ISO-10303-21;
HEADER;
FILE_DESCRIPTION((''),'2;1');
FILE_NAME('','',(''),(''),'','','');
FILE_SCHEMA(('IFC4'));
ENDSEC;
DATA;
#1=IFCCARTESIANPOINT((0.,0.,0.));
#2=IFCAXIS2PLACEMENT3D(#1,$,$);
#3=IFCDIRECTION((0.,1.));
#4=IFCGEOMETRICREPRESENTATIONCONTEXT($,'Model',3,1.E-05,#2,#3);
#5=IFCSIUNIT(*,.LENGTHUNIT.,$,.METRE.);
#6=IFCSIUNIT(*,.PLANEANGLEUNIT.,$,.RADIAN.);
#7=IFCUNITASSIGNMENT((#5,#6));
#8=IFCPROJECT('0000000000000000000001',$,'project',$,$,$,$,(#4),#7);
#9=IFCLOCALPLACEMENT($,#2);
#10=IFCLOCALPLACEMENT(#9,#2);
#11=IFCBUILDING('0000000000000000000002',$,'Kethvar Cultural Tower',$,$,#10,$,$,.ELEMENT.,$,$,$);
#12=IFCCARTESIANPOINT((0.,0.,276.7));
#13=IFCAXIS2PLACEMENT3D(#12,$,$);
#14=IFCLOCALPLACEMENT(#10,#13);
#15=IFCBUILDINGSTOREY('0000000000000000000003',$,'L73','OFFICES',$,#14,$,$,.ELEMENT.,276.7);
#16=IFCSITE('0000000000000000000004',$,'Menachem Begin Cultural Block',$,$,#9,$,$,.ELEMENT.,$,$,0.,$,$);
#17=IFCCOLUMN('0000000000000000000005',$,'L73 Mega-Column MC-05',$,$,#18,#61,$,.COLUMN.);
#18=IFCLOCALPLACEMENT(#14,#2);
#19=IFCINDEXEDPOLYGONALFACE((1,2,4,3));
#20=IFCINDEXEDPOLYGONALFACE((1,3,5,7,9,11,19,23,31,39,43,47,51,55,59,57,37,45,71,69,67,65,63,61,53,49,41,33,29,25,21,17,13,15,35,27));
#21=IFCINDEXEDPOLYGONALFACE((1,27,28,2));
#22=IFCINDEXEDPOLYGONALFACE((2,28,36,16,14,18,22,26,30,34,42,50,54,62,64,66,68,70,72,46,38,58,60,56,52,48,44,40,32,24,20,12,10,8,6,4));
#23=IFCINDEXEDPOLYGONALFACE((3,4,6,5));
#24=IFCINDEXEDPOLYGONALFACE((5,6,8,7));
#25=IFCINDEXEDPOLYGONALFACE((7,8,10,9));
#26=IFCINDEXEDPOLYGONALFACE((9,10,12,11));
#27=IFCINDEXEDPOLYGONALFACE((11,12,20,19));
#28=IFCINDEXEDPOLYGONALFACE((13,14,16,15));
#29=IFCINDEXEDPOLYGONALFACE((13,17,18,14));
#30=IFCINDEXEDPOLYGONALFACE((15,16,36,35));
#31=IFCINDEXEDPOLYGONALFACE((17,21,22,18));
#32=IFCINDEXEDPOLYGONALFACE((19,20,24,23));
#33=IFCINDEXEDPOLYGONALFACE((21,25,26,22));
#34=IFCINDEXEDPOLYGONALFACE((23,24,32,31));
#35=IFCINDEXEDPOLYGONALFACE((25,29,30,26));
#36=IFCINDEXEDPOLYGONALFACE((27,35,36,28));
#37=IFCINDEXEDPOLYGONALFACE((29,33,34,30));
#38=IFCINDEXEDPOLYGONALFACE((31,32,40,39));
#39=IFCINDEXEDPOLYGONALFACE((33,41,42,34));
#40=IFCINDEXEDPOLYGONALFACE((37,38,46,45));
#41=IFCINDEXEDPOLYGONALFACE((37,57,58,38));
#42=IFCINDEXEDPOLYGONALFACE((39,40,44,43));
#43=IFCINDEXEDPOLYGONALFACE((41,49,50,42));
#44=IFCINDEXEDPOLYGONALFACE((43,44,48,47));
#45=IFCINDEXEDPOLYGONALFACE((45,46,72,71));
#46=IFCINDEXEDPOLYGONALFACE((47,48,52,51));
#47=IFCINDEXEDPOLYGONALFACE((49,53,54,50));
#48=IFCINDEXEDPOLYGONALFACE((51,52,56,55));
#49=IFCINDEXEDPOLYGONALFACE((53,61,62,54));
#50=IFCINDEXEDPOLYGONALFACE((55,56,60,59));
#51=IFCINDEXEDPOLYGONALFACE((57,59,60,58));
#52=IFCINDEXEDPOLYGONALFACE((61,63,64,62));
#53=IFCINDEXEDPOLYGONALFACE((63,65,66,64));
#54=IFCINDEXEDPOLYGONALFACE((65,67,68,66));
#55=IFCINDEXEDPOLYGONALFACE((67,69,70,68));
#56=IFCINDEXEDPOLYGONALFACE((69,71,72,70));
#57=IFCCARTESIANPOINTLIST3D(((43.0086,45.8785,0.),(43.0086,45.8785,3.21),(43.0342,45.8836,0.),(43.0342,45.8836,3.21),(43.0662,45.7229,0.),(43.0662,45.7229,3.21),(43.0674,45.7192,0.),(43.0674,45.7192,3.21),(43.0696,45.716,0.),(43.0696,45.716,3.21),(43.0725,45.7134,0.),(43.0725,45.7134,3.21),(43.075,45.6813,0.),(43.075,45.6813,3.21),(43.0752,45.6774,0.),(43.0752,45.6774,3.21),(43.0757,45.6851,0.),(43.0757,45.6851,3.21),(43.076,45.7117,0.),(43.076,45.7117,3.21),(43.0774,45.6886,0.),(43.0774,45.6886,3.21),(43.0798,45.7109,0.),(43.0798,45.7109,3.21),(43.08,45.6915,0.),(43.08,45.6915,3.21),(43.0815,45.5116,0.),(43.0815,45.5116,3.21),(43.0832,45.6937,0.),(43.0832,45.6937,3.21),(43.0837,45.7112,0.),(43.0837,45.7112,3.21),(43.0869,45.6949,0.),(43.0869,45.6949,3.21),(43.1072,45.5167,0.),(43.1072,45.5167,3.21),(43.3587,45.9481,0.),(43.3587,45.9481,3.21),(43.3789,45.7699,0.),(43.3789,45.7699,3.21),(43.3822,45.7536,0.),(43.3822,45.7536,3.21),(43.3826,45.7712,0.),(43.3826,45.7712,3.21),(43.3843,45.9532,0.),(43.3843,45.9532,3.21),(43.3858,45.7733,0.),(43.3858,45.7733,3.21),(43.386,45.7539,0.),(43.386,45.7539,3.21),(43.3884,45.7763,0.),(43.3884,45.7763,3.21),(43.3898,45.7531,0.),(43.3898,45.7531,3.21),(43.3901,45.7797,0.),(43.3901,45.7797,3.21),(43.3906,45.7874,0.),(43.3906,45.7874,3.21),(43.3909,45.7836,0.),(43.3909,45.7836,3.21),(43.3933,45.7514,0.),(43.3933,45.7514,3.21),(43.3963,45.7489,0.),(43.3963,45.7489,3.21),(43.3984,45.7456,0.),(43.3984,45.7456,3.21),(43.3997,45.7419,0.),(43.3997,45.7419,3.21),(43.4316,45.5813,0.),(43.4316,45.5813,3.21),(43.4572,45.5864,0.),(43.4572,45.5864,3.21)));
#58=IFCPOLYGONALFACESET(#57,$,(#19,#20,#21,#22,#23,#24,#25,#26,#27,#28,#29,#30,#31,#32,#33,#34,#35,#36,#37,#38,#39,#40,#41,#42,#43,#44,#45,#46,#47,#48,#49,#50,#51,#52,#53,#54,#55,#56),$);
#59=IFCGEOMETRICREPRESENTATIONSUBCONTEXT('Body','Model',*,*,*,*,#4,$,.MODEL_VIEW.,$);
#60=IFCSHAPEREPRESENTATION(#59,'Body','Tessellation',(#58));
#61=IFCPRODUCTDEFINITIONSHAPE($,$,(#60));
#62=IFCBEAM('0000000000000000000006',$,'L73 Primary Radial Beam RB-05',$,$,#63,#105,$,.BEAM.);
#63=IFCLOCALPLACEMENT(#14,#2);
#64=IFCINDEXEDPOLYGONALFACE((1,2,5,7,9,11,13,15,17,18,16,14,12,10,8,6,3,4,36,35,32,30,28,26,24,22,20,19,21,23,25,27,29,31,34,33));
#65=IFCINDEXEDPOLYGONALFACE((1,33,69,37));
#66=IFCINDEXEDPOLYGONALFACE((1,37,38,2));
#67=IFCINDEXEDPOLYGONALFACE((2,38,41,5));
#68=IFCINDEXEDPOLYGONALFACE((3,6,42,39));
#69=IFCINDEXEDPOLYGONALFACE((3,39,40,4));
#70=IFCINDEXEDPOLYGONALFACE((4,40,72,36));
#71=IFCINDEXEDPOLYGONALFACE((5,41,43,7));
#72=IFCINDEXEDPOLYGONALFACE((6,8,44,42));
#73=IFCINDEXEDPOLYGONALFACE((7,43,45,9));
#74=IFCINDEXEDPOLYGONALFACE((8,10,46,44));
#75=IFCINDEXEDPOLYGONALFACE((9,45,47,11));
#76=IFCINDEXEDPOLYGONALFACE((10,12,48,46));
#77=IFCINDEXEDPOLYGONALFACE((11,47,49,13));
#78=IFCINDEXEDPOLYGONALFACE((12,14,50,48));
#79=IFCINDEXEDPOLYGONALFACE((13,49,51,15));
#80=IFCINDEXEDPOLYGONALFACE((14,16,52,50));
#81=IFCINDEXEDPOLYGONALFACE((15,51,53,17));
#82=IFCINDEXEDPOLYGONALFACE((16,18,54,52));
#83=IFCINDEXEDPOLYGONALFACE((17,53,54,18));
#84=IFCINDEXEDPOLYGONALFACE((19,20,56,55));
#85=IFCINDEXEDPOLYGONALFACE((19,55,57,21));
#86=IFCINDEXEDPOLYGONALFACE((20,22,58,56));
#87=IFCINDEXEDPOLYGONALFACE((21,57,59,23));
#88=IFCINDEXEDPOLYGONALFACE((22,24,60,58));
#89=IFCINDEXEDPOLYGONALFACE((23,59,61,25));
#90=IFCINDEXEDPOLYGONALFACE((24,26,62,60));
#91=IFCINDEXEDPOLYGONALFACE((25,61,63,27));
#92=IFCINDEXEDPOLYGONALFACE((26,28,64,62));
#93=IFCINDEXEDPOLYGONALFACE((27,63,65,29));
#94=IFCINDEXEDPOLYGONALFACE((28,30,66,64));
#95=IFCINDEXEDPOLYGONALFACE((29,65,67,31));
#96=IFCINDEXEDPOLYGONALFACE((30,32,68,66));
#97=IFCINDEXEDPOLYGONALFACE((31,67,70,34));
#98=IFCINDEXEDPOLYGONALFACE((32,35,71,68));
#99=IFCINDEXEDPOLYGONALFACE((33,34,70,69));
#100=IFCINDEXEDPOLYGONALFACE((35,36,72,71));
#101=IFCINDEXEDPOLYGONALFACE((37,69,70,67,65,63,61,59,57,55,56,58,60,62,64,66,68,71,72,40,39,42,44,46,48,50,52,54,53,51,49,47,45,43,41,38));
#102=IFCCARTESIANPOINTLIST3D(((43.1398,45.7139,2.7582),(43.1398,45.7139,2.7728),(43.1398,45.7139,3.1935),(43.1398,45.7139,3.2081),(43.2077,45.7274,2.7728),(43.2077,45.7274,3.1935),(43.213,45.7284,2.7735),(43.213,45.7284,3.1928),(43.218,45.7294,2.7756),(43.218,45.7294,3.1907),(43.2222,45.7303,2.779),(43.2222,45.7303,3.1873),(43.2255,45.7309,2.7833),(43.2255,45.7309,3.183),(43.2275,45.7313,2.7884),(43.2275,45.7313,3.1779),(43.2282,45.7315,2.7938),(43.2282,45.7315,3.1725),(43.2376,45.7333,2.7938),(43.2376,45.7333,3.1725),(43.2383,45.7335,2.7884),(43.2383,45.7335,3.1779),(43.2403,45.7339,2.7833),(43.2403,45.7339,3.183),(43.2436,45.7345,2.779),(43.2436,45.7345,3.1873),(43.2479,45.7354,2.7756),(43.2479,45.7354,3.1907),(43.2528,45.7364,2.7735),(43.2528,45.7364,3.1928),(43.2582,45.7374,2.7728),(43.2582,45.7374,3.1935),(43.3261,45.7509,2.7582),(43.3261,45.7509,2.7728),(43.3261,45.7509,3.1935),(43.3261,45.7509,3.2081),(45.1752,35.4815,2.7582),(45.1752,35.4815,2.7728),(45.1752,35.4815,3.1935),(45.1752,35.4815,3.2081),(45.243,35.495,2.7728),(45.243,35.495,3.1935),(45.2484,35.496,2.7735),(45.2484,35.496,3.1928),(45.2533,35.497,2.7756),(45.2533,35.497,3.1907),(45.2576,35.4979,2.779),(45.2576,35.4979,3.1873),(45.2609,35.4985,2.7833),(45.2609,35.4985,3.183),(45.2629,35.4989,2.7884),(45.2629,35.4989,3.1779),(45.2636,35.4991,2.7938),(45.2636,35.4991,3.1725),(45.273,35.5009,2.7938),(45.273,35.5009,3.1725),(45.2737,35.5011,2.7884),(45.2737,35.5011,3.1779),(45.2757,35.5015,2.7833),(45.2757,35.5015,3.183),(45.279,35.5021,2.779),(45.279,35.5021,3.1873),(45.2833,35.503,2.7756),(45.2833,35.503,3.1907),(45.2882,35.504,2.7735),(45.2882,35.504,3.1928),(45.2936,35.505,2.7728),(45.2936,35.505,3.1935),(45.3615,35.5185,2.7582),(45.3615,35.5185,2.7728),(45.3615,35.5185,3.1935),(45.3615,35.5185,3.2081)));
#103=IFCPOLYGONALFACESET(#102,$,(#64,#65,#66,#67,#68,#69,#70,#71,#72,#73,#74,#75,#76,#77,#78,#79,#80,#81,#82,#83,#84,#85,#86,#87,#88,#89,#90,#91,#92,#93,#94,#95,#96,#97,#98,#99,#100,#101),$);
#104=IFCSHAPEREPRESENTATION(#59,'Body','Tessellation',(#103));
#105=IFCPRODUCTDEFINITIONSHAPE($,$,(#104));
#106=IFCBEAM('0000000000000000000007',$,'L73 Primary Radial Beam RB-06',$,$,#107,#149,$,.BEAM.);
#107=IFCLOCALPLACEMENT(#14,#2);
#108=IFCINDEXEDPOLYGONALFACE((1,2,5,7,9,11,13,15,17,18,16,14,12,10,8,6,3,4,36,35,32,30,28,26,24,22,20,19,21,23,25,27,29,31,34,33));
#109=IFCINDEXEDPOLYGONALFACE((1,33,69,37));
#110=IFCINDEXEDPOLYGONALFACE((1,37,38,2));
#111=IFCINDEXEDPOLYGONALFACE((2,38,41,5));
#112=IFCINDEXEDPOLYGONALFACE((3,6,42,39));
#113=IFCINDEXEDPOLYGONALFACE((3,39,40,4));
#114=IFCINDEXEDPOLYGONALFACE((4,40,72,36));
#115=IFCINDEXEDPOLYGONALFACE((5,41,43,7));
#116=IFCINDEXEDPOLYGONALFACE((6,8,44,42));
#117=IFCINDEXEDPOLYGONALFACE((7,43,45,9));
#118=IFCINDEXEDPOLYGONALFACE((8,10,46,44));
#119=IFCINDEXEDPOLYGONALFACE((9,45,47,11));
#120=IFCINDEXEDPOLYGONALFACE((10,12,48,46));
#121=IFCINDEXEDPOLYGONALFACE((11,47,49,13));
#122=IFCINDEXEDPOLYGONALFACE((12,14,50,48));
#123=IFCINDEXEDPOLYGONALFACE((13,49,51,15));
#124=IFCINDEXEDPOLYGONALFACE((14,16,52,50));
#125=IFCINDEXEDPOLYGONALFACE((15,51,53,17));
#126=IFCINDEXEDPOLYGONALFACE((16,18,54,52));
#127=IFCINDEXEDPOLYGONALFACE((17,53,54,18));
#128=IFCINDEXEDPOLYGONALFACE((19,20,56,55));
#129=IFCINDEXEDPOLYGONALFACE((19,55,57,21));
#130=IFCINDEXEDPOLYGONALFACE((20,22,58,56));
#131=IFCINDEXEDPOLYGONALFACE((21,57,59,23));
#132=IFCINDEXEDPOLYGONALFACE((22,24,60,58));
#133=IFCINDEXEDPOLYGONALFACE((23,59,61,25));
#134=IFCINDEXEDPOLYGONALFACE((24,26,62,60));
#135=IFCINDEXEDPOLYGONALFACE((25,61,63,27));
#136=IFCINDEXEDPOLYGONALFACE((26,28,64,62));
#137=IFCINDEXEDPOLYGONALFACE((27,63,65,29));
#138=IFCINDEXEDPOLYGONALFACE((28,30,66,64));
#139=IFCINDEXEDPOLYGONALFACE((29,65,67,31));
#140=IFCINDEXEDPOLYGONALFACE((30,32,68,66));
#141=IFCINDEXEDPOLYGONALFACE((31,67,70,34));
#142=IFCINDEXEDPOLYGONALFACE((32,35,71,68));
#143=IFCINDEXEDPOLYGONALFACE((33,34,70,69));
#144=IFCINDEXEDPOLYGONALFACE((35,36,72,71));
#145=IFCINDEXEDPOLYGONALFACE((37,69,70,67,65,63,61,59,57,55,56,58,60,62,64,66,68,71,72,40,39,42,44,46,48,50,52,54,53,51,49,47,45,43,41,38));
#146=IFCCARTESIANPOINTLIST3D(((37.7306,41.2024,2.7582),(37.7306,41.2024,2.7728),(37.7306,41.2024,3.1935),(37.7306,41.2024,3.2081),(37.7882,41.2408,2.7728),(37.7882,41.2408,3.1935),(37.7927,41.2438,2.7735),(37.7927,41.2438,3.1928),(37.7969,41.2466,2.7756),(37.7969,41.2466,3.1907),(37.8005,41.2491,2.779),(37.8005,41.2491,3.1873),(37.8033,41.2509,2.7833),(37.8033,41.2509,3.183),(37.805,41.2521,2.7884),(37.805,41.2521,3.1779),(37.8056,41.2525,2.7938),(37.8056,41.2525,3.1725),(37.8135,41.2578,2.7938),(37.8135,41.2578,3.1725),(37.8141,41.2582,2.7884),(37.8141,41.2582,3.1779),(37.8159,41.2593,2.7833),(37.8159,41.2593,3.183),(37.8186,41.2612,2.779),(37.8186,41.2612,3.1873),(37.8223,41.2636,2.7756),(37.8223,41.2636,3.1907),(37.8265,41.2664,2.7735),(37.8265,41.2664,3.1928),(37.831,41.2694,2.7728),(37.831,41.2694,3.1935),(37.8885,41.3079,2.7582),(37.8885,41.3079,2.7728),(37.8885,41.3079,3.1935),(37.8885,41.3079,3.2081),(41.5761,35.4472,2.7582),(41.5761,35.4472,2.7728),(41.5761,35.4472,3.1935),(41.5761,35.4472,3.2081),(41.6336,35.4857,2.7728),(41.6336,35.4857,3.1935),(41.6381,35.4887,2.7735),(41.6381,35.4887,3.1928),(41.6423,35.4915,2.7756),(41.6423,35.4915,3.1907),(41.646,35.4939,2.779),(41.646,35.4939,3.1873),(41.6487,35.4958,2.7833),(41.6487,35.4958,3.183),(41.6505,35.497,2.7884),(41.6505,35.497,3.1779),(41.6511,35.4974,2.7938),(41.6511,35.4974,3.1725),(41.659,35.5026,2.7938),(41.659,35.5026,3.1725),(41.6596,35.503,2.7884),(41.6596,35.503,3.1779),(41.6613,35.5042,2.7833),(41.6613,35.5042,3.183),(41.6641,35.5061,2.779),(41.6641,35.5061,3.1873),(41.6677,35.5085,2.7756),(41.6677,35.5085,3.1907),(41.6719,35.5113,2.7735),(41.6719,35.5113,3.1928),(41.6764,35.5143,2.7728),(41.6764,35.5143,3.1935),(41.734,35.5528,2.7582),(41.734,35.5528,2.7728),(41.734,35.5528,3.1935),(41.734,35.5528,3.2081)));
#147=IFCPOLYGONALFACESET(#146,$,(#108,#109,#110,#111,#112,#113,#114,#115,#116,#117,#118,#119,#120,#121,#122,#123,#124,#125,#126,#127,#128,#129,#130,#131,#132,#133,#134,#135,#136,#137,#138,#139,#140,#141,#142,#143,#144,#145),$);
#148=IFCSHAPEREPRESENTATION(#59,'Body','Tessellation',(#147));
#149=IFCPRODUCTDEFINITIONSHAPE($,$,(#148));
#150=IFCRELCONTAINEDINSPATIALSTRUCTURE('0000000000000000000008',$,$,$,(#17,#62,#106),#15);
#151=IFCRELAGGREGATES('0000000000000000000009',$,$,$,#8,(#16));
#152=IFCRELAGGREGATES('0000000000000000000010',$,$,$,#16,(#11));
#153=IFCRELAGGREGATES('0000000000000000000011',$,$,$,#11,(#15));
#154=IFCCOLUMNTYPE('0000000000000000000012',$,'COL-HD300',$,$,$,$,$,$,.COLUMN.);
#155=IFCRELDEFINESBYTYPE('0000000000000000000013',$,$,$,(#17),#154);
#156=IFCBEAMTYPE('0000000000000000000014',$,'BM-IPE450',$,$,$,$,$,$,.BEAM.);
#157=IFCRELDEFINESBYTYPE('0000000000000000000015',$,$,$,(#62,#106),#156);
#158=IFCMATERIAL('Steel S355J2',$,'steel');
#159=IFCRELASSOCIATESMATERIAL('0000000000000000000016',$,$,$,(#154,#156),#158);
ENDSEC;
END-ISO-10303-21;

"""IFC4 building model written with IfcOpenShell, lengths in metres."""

from ifc_helpers import new_model, si_unit, direction, frame, origin, origin_2d, place, context, subcontext, project, spatial, i_section, extrude, source, transform, mapped, material, material_profile, profile_set, type_object, element, save


model = new_model("IFC4")

# Units and contexts
model_context = context("Model", 3, precision=1e-05, world=origin(), true_north=direction((0.0, 1.0)))
body_context = subcontext(model_context, "Body", "Model", "MODEL_VIEW")
ifc_project = project(units=[si_unit("LENGTHUNIT", "METRE"), si_unit("PLANEANGLEUNIT", "RADIAN")], contexts=[model_context])

# Site, building, storey
site_placement = place(None, origin())
site = spatial("IfcSite", under=ifc_project, at=site_placement, Name="Menachem Begin Cultural Block", CompositionType="ELEMENT", RefElevation=0.0)
building_placement = place(site_placement, origin())
building = spatial("IfcBuilding", under=site, at=building_placement, Name="Kethvar Cultural Tower", CompositionType="ELEMENT")
storey_placement = place(building_placement, frame((0.0, 0.0, 276.7)))
storey = spatial("IfcBuildingStorey", under=building, at=storey_placement, Name="L73", Description="OFFICES", CompositionType="ELEMENT", Elevation=276.7)

# Column
ifc_material_1 = material(Name="Steel S355J2", Category="steel")
ifc_material_profile_1 = material_profile(ifc_material_1, i_section(OverallWidth=0.374, OverallDepth=0.3831, WebThickness=0.0166, FlangeThickness=0.0261, FilletRadius=0.0149, at=origin_2d()), Name="Steel S355J2 — HD360x300")
ifc_profile_set_1 = profile_set([ifc_material_profile_1], Name="Steel S355J2 — HD360x300")
column_type = type_object("IfcColumnType", Name="COL-HD300", PredefinedType="COLUMN", material=ifc_profile_set_1)
shared_shape_1 = source(origin(), body_context, "Body", "SweptSolid", [
    extrude(i_section(OverallWidth=0.374, OverallDepth=0.3831, WebThickness=0.0166, FlangeThickness=0.0261, FilletRadius=0.0149, at=origin_2d()), origin(), (0.0, 0.0, 1.0), 3.21),
])
column_placement = place(storey_placement, frame((43.2329, 45.7324, 0.0), z_axis=(0.0, 0.0, 1.0), x_axis=(-0.19509, 0.980785, 0.0)))
element("IfcColumn", 1, at=column_placement, inside=storey, type_object=column_type, Name="L73 Mega-Column MC-05", PredefinedType="COLUMN", context=body_context, shape_type="MappedRepresentation", body=[
    mapped(shared_shape_1, transform((0.0, 0.0, 0.0), scale=1.0)),
])

# Beams
ifc_material_profile_2 = material_profile(ifc_material_1, i_section(OverallWidth=0.1899, OverallDepth=0.45, WebThickness=0.0095, FlangeThickness=0.0146, FilletRadius=0.021, at=origin_2d()), Name="Steel S355J2 — IPE450")
ifc_profile_set_2 = profile_set([ifc_material_profile_2], Name="Steel S355J2 — IPE450")
beam_type_1 = type_object("IfcBeamType", Name="BM-IPE450", PredefinedType="BEAM", material=ifc_profile_set_2)
shared_shape_2 = source(origin(), body_context, "Body", "SweptSolid", [
    extrude(i_section(OverallWidth=0.1899, OverallDepth=0.45, WebThickness=0.0095, FlangeThickness=0.0146, FilletRadius=0.021, at=origin_2d()), origin(), (0.0, 0.0, 1.0), 10.4329),
])
beam_1_placement = place(storey_placement, frame((45.2683, 35.5, 2.9832), z_axis=(-0.195094, 0.980784, 0.0), x_axis=(-0.980784, -0.195094, 0.0)))
element("IfcBeam", 2, at=beam_1_placement, inside=storey, type_object=beam_type_1, Name="L73 Primary Radial Beam RB-05", PredefinedType="BEAM", context=body_context, shape_type="MappedRepresentation", body=[
    mapped(shared_shape_2, transform((0.0, 0.0, 0.0), scale=1.0)),
])
shared_shape_3 = source(origin(), body_context, "Body", "SweptSolid", [
    extrude(i_section(OverallWidth=0.1899, OverallDepth=0.45, WebThickness=0.0095, FlangeThickness=0.0146, FilletRadius=0.021, at=origin_2d()), origin(), (0.0, 0.0, 1.0), 6.9216),
])
beam_2_placement = place(storey_placement, frame((41.655, 35.5, 2.9832), z_axis=(-0.555571, 0.831469, 0.0), x_axis=(-0.831469, -0.555571, 0.0)))
element("IfcBeam", 3, at=beam_2_placement, inside=storey, type_object=beam_type_1, Name="L73 Primary Radial Beam RB-06", PredefinedType="BEAM", context=body_context, shape_type="MappedRepresentation", body=[
    mapped(shared_shape_3, transform((0.0, 0.0, 0.0), scale=1.0)),
])

save(model, "model.ifc")
